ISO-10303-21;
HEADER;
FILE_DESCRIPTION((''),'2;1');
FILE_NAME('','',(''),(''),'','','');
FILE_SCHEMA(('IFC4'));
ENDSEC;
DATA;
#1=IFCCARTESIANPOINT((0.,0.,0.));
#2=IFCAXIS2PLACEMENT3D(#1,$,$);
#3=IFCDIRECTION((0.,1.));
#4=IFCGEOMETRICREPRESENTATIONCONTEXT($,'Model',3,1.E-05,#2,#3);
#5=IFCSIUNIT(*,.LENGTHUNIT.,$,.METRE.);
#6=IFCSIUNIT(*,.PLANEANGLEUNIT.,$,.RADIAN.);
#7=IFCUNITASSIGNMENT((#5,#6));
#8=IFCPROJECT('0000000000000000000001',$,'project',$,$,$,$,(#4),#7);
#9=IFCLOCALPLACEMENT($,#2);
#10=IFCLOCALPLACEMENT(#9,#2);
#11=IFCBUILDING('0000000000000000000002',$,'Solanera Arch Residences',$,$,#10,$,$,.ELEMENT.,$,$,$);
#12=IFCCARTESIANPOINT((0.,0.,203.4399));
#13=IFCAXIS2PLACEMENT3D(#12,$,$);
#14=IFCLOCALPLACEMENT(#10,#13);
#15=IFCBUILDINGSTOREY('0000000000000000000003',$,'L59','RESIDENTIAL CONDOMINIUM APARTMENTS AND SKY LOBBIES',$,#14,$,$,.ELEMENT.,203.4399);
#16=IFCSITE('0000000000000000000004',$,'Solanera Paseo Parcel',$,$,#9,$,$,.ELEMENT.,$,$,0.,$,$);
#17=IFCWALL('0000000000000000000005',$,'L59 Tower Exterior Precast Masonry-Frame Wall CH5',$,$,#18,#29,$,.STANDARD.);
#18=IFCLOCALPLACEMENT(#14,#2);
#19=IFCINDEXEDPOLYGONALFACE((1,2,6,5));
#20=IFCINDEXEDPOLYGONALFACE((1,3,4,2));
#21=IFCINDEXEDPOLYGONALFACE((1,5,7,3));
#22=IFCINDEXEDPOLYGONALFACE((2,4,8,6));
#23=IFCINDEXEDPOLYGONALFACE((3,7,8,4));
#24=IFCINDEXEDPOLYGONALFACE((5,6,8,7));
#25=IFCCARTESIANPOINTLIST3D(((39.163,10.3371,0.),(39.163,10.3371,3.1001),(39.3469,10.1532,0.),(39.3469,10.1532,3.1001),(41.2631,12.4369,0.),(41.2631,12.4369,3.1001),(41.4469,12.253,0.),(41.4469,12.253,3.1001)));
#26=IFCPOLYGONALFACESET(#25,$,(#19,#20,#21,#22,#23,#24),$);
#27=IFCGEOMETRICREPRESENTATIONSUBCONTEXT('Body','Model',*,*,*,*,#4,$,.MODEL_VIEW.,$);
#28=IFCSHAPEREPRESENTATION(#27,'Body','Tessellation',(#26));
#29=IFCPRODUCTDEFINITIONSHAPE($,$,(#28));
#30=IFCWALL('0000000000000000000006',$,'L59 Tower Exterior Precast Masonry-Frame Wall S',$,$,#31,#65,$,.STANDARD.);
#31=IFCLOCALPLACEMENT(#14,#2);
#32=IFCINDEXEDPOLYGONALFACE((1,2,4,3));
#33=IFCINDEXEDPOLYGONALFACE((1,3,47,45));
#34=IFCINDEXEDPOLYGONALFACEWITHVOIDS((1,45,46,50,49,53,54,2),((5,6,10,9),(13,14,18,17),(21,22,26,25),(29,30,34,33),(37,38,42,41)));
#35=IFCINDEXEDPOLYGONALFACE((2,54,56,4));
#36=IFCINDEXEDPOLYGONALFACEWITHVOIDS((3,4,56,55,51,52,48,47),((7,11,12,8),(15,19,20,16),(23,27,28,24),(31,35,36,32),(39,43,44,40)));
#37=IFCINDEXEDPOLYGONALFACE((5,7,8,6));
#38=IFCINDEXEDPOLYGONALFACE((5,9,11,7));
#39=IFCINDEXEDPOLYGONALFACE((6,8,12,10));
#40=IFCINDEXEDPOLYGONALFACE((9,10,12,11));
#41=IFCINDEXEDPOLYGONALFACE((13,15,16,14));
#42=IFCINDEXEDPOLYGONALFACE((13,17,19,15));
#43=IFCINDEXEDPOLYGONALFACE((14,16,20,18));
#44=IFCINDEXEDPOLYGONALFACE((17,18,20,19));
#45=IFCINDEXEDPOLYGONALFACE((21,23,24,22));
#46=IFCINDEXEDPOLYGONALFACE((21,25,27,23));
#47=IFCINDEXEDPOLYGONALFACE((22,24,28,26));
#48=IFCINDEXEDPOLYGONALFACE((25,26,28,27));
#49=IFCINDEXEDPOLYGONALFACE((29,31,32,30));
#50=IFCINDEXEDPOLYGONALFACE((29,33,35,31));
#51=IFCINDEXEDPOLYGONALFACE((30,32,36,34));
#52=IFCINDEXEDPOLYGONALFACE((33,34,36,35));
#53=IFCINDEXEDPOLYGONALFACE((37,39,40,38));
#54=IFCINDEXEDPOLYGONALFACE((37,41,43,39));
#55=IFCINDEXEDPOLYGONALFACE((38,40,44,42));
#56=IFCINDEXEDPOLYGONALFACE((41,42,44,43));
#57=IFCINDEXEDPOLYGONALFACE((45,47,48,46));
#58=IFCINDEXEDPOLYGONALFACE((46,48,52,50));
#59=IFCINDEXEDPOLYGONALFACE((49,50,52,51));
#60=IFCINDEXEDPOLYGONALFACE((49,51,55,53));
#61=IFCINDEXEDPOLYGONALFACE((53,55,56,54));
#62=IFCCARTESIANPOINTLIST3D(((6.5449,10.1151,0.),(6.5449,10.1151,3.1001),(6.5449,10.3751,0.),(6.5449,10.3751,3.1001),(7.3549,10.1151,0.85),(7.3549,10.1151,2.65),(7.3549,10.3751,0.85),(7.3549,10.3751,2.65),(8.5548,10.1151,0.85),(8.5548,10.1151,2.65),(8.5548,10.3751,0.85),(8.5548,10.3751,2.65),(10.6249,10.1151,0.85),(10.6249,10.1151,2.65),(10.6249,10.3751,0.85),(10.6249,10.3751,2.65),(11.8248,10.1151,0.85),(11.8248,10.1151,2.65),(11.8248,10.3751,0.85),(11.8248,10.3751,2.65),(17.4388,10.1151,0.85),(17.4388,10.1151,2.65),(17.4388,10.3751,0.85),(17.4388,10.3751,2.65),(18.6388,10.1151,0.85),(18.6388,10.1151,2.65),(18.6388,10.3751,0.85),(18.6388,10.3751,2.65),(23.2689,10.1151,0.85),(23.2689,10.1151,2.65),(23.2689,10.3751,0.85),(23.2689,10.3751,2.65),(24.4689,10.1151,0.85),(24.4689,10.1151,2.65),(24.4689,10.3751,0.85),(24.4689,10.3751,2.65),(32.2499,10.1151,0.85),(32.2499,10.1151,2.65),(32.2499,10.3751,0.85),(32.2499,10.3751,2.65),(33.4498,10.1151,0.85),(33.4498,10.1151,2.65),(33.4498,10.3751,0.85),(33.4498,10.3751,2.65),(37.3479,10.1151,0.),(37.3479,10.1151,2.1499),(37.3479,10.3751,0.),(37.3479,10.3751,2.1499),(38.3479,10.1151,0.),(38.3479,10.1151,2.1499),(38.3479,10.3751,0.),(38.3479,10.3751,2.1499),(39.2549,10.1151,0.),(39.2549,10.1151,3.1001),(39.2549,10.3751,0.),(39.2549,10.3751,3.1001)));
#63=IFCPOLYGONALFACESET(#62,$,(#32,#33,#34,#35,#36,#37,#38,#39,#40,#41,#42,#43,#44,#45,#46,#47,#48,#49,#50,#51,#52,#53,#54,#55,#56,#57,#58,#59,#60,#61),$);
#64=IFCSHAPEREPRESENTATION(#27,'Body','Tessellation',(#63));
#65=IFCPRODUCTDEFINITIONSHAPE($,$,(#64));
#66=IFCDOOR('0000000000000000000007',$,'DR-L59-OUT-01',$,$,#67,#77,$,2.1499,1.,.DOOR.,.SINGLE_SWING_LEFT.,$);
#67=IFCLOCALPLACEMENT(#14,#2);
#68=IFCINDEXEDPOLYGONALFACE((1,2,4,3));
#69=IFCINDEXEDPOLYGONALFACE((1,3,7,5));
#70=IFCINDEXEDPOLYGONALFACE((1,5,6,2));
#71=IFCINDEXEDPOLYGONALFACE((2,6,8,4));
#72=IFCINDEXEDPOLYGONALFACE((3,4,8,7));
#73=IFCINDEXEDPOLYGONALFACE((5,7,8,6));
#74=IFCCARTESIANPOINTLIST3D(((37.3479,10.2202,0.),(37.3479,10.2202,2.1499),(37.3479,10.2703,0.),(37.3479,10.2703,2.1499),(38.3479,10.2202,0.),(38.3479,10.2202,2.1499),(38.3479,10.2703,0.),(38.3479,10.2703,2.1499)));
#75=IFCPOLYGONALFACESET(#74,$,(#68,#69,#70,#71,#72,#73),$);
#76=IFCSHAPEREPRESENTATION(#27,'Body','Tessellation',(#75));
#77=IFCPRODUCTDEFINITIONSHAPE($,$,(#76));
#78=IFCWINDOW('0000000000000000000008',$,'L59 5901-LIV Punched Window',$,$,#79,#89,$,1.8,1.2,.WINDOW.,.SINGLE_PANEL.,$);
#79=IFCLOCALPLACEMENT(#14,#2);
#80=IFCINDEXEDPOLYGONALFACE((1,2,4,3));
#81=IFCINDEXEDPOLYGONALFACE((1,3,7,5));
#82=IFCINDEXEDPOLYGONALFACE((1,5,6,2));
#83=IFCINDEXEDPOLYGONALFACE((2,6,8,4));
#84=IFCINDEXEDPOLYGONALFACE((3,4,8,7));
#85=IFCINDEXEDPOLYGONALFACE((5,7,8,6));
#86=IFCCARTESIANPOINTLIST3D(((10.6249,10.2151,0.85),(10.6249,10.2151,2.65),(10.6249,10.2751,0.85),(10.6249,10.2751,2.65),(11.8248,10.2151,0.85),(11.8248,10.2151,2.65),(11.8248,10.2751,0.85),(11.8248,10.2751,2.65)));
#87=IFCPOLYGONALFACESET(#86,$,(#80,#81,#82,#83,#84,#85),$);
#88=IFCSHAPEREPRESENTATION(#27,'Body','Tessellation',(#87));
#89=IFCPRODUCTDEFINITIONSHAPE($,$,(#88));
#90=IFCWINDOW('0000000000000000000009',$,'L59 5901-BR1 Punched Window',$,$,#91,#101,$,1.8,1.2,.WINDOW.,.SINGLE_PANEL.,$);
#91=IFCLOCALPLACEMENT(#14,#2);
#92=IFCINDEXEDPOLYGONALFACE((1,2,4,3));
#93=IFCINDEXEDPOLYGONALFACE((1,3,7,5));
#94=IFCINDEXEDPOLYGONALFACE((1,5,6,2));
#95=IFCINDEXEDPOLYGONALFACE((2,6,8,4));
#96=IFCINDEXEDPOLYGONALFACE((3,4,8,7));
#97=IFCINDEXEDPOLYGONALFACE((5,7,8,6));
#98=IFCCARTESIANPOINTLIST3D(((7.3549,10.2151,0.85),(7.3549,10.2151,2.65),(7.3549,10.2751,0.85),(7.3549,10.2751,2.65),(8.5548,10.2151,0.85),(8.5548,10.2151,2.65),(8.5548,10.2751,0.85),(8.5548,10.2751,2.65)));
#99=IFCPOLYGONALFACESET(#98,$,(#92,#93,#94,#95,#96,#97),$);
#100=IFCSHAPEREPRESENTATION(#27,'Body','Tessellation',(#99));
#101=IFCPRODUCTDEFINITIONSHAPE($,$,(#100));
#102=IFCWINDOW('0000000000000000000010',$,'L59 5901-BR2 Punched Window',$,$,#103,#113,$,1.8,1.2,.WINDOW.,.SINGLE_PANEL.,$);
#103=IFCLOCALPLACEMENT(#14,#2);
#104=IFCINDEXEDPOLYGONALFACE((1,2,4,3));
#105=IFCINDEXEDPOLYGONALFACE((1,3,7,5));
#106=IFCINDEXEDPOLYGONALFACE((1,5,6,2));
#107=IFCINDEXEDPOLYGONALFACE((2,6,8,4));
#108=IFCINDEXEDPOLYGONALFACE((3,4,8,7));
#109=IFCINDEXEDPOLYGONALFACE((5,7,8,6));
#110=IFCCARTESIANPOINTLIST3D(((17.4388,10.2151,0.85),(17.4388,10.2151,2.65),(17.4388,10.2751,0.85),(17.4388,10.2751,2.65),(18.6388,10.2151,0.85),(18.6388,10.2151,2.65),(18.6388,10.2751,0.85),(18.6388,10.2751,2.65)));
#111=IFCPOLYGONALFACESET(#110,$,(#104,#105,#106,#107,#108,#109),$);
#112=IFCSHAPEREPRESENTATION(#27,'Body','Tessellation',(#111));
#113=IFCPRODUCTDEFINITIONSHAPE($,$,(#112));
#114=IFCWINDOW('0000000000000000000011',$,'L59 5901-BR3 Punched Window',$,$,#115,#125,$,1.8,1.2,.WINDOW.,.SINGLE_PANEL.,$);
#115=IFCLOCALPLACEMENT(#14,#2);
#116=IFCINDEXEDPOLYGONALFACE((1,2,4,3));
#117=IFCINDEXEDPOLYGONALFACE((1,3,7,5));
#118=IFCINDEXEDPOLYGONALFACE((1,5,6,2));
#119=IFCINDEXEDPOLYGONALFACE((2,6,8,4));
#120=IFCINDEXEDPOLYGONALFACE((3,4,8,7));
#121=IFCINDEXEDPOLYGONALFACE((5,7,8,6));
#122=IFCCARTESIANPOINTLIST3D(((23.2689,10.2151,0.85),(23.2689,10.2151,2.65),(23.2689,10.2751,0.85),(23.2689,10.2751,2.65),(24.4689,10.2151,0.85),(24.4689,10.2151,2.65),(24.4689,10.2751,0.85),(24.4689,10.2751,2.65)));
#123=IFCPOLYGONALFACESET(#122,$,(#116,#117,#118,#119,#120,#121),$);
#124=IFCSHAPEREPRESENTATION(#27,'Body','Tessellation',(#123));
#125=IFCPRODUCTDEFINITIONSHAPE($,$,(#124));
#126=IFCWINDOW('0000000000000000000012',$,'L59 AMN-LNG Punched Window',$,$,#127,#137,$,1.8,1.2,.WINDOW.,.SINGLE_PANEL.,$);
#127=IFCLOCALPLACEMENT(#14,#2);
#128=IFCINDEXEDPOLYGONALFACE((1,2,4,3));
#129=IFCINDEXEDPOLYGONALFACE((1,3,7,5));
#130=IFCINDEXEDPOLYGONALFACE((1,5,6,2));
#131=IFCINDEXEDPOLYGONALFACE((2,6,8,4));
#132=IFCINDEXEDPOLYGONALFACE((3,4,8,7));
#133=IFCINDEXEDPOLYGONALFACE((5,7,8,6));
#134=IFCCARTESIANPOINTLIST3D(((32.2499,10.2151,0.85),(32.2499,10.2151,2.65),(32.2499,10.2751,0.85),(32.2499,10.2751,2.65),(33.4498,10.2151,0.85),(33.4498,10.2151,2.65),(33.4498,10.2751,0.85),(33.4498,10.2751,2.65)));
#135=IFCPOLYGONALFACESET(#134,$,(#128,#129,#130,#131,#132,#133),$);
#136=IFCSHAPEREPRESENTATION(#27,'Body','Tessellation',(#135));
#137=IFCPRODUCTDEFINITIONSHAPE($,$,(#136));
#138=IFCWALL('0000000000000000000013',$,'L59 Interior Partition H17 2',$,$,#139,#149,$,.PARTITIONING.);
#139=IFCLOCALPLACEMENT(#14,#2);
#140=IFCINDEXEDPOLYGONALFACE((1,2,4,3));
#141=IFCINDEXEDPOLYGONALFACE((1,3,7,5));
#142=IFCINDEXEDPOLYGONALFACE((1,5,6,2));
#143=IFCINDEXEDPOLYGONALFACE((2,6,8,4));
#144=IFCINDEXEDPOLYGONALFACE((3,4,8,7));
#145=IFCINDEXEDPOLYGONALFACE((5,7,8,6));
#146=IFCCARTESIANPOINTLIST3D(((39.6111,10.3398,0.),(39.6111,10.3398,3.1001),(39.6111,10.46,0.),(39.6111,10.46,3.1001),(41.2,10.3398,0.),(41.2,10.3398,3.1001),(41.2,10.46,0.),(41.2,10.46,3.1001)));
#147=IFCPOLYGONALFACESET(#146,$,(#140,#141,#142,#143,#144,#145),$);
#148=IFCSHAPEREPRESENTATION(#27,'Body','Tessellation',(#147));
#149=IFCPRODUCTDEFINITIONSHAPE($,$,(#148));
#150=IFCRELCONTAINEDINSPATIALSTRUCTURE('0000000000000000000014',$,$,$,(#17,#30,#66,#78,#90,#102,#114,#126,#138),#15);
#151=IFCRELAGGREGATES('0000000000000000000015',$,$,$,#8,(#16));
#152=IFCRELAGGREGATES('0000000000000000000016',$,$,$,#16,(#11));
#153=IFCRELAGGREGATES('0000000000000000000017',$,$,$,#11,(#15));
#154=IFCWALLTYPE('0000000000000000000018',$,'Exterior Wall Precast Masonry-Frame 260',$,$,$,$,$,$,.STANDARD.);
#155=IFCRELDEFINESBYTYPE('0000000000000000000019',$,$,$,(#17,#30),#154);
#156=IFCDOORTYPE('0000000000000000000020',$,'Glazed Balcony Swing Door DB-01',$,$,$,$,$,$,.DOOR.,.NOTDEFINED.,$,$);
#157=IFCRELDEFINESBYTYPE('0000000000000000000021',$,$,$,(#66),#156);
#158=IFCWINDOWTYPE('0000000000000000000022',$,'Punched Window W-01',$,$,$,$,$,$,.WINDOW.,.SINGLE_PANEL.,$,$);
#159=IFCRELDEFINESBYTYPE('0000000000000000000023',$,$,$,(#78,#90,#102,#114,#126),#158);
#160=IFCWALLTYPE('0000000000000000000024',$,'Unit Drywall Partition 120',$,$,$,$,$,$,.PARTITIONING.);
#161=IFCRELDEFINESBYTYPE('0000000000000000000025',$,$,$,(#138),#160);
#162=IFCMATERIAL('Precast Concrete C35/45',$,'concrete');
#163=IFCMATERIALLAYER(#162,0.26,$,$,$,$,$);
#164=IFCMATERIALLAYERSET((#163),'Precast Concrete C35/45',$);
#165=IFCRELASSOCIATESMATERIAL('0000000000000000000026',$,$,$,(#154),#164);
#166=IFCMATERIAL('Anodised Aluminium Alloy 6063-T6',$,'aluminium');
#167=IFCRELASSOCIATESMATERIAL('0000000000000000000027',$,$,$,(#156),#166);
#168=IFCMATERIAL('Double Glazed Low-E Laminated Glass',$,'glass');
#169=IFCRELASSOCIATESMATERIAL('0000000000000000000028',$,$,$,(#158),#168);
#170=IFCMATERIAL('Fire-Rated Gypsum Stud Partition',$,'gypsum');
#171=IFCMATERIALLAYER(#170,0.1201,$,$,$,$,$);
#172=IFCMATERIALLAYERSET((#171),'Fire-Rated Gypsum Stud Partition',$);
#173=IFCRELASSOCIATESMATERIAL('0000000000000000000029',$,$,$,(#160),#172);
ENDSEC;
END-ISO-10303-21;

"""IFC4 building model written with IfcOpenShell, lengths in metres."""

from ifc_helpers import new_model, si_unit, direction, frame, frame_2d, origin, place, context, subcontext, project, spatial, rectangle, extrude, material, layer, layer_set, type_object, element, fill, save


model = new_model("IFC4")

# Units and contexts
model_context = context("Model", 3, precision=1e-05, world=origin(), true_north=direction((0.0, 1.0)))
body_context = subcontext(model_context, "Body", "Model", "MODEL_VIEW")
ifc_project = project(units=[si_unit("LENGTHUNIT", "METRE"), si_unit("PLANEANGLEUNIT", "RADIAN")], contexts=[model_context])

# Site, building, storey
site_placement = place(None, origin())
site = spatial("IfcSite", under=ifc_project, at=site_placement, Name="Solanera Paseo Parcel", CompositionType="ELEMENT", RefElevation=0.0)
building_placement = place(site_placement, origin())
building = spatial("IfcBuilding", under=site, at=building_placement, Name="Solanera Arch Residences", CompositionType="ELEMENT")
storey_placement = place(building_placement, frame((0.0, 0.0, 203.4399)))
storey = spatial("IfcBuildingStorey", under=building, at=storey_placement, Name="L59", Description="RESIDENTIAL CONDOMINIUM APARTMENTS AND SKY LOBBIES", CompositionType="ELEMENT", Elevation=203.4399)

# Wall
ifc_material_1 = material(Name="Precast Concrete C35/45", Category="concrete")
ifc_layer_1 = layer(ifc_material_1, 0.26)
ifc_layer_set_1 = layer_set([ifc_layer_1], Name="Precast Concrete C35/45")
wall_type_1 = type_object("IfcWallType", Name="Exterior Wall Precast Masonry-Frame 260", PredefinedType="STANDARD", material=ifc_layer_set_1)
wall_1_placement = place(storey_placement, frame((41.355, 12.345, 0.0), z_axis=(0.0, 0.0, 1.0), x_axis=(-0.707148, -0.707066, 0.0)))
element("IfcWall", 1, at=wall_1_placement, inside=storey, type_object=wall_type_1, Name="L59 Tower Exterior Precast Masonry-Frame Wall CH5", PredefinedType="STANDARD", context=body_context, shape_type="SweptSolid", body=[
    extrude(rectangle(XDim=2.9697, YDim=0.26, at=frame_2d((1.4849, 0.0))), origin(), (0.0, 0.0, 1.0), 3.1001),
])

# Wall, openings, door, windows
wall_2_placement = place(storey_placement, frame((39.2549, 10.2451, 0.0), z_axis=(0.0, 0.0, 1.0), x_axis=(-1.0, 0.0, 0.0)))
wall_2 = element("IfcWall", 2, at=wall_2_placement, inside=storey, type_object=wall_type_1, Name="L59 Tower Exterior Precast Masonry-Frame Wall S", PredefinedType="STANDARD", context=body_context, shape_type="SweptSolid", body=[
    extrude(rectangle(XDim=32.71, YDim=0.26, at=frame_2d((16.355, 0.0))), origin(), (0.0, 0.0, 1.0), 3.1001),
])
opening_1_placement = place(wall_2_placement, frame((0.907, 0.0, 0.0)))
opening_1 = element("IfcOpeningElement", 3, at=opening_1_placement, cuts=wall_2, PredefinedType="OPENING", context=body_context, shape_type="SweptSolid", body=[
    extrude(rectangle(XDim=1.0, YDim=2.1499, at=frame_2d((0.5, 1.075))), frame((0.0, 0.1399, 0.0), z_axis=(0.0, -1.0, 0.0), x_axis=(1.0, 0.0, 0.0)), (0.0, 0.0, 1.0), 0.28),
])
opening_2_placement = place(wall_2_placement, frame((27.4299, 0.0, 0.8501)))
opening_2 = element("IfcOpeningElement", 4, at=opening_2_placement, cuts=wall_2, PredefinedType="OPENING", context=body_context, shape_type="SweptSolid", body=[
    extrude(rectangle(XDim=1.2, YDim=1.8, at=frame_2d((0.6001, 0.8999))), frame((0.0, 0.1399, 0.0), z_axis=(0.0, -1.0, 0.0), x_axis=(1.0, 0.0, 0.0)), (0.0, 0.0, 1.0), 0.28),
])
opening_3_placement = place(wall_2_placement, frame((30.7, 0.0, 0.8501)))
opening_3 = element("IfcOpeningElement", 5, at=opening_3_placement, cuts=wall_2, PredefinedType="OPENING", context=body_context, shape_type="SweptSolid", body=[
    extrude(rectangle(XDim=1.2, YDim=1.8, at=frame_2d((0.6001, 0.8999))), frame((0.0, 0.1399, 0.0), z_axis=(0.0, -1.0, 0.0), x_axis=(1.0, 0.0, 0.0)), (0.0, 0.0, 1.0), 0.28),
])
opening_4_placement = place(wall_2_placement, frame((20.616, 0.0, 0.8501)))
opening_4 = element("IfcOpeningElement", 6, at=opening_4_placement, cuts=wall_2, PredefinedType="OPENING", context=body_context, shape_type="SweptSolid", body=[
    extrude(rectangle(XDim=1.2, YDim=1.8, at=frame_2d((0.6001, 0.8999))), frame((0.0, 0.1399, 0.0), z_axis=(0.0, -1.0, 0.0), x_axis=(1.0, 0.0, 0.0)), (0.0, 0.0, 1.0), 0.28),
])
opening_5_placement = place(wall_2_placement, frame((14.7859, 0.0, 0.8501)))
opening_5 = element("IfcOpeningElement", 7, at=opening_5_placement, cuts=wall_2, PredefinedType="OPENING", context=body_context, shape_type="SweptSolid", body=[
    extrude(rectangle(XDim=1.2, YDim=1.8, at=frame_2d((0.6001, 0.8999))), frame((0.0, 0.1399, 0.0), z_axis=(0.0, -1.0, 0.0), x_axis=(1.0, 0.0, 0.0)), (0.0, 0.0, 1.0), 0.28),
])
opening_6_placement = place(wall_2_placement, frame((5.8049, 0.0, 0.8501)))
opening_6 = element("IfcOpeningElement", 8, at=opening_6_placement, cuts=wall_2, PredefinedType="OPENING", context=body_context, shape_type="SweptSolid", body=[
    extrude(rectangle(XDim=1.2, YDim=1.8, at=frame_2d((0.6001, 0.8999))), frame((0.0, 0.1399, 0.0), z_axis=(0.0, -1.0, 0.0), x_axis=(1.0, 0.0, 0.0)), (0.0, 0.0, 1.0), 0.28),
])
ifc_material_2 = material(Name="Anodised Aluminium Alloy 6063-T6", Category="aluminium")
door_type = type_object("IfcDoorType", Name="Glazed Balcony Swing Door DB-01", OperationType="NOTDEFINED", PredefinedType="DOOR", material=ifc_material_2)
door_placement = place(opening_1_placement, origin())
door = element("IfcDoor", 9, at=door_placement, inside=storey, type_object=door_type, Name="DR-L59-OUT-01", OperationType="SINGLE_SWING_LEFT", OverallHeight=2.1499, OverallWidth=1.0, PredefinedType="DOOR", context=body_context, shape_type="SweptSolid", body=[
    extrude(rectangle(XDim=1.0, YDim=2.1499, at=frame_2d((0.5, 1.075))), frame((0.0, 0.0249, 0.0), z_axis=(0.0, -1.0, 0.0), x_axis=(1.0, 0.0, 0.0)), (0.0, 0.0, 1.0), 0.05),
])
fill(opening_1, door)
ifc_material_3 = material(Name="Double Glazed Low-E Laminated Glass", Category="glass")
window_type = type_object("IfcWindowType", Name="Punched Window W-01", PartitioningType="SINGLE_PANEL", PredefinedType="WINDOW", material=ifc_material_3)
window_1_placement = place(opening_2_placement, origin())
window_1 = element("IfcWindow", 10, at=window_1_placement, inside=storey, type_object=window_type, Name="L59 5901-LIV Punched Window", OverallHeight=1.8, OverallWidth=1.2, PartitioningType="SINGLE_PANEL", PredefinedType="WINDOW", context=body_context, shape_type="SweptSolid", body=[
    extrude(rectangle(XDim=1.2, YDim=1.8, at=frame_2d((0.6001, 0.8999))), frame((0.0, 0.03, 0.0), z_axis=(0.0, -1.0, 0.0), x_axis=(1.0, 0.0, 0.0)), (0.0, 0.0, 1.0), 0.0601),
])
fill(opening_2, window_1)
window_2_placement = place(opening_3_placement, origin())
window_2 = element("IfcWindow", 11, at=window_2_placement, inside=storey, type_object=window_type, Name="L59 5901-BR1 Punched Window", OverallHeight=1.8, OverallWidth=1.2, PartitioningType="SINGLE_PANEL", PredefinedType="WINDOW", context=body_context, shape_type="SweptSolid", body=[
    extrude(rectangle(XDim=1.2, YDim=1.8, at=frame_2d((0.6001, 0.8999))), frame((0.0, 0.03, 0.0), z_axis=(0.0, -1.0, 0.0), x_axis=(1.0, 0.0, 0.0)), (0.0, 0.0, 1.0), 0.0601),
])
fill(opening_3, window_2)
window_3_placement = place(opening_4_placement, origin())
window_3 = element("IfcWindow", 12, at=window_3_placement, inside=storey, type_object=window_type, Name="L59 5901-BR2 Punched Window", OverallHeight=1.8, OverallWidth=1.2, PartitioningType="SINGLE_PANEL", PredefinedType="WINDOW", context=body_context, shape_type="SweptSolid", body=[
    extrude(rectangle(XDim=1.2, YDim=1.8, at=frame_2d((0.6001, 0.8999))), frame((0.0, 0.03, 0.0), z_axis=(0.0, -1.0, 0.0), x_axis=(1.0, 0.0, 0.0)), (0.0, 0.0, 1.0), 0.0601),
])
fill(opening_4, window_3)
window_4_placement = place(opening_5_placement, origin())
window_4 = element("IfcWindow", 13, at=window_4_placement, inside=storey, type_object=window_type, Name="L59 5901-BR3 Punched Window", OverallHeight=1.8, OverallWidth=1.2, PartitioningType="SINGLE_PANEL", PredefinedType="WINDOW", context=body_context, shape_type="SweptSolid", body=[
    extrude(rectangle(XDim=1.2, YDim=1.8, at=frame_2d((0.6001, 0.8999))), frame((0.0, 0.03, 0.0), z_axis=(0.0, -1.0, 0.0), x_axis=(1.0, 0.0, 0.0)), (0.0, 0.0, 1.0), 0.0601),
])
fill(opening_5, window_4)
window_5_placement = place(opening_6_placement, origin())
window_5 = element("IfcWindow", 14, at=window_5_placement, inside=storey, type_object=window_type, Name="L59 AMN-LNG Punched Window", OverallHeight=1.8, OverallWidth=1.2, PartitioningType="SINGLE_PANEL", PredefinedType="WINDOW", context=body_context, shape_type="SweptSolid", body=[
    extrude(rectangle(XDim=1.2, YDim=1.8, at=frame_2d((0.6001, 0.8999))), frame((0.0, 0.03, 0.0), z_axis=(0.0, -1.0, 0.0), x_axis=(1.0, 0.0, 0.0)), (0.0, 0.0, 1.0), 0.0601),
])
fill(opening_6, window_5)

# Wall
ifc_material_4 = material(Name="Fire-Rated Gypsum Stud Partition", Category="gypsum")
ifc_layer_2 = layer(ifc_material_4, 0.1201)
ifc_layer_set_2 = layer_set([ifc_layer_2], Name="Fire-Rated Gypsum Stud Partition")
wall_type_2 = type_object("IfcWallType", Name="Unit Drywall Partition 120", PredefinedType="PARTITIONING", material=ifc_layer_set_2)
wall_3_placement = place(storey_placement, frame((39.6111, 10.3999, 0.0), z_axis=(0.0, 0.0, 1.0), x_axis=(1.0, 0.0, 0.0)))
element("IfcWall", 15, at=wall_3_placement, inside=storey, type_object=wall_type_2, Name="L59 Interior Partition H17 2", PredefinedType="PARTITIONING", context=body_context, shape_type="SweptSolid", body=[
    extrude(rectangle(XDim=1.5889, YDim=0.1201, at=frame_2d((0.7944, 0.0))), origin(), (0.0, 0.0, 1.0), 3.1001),
])

save(model, "model.ifc")
